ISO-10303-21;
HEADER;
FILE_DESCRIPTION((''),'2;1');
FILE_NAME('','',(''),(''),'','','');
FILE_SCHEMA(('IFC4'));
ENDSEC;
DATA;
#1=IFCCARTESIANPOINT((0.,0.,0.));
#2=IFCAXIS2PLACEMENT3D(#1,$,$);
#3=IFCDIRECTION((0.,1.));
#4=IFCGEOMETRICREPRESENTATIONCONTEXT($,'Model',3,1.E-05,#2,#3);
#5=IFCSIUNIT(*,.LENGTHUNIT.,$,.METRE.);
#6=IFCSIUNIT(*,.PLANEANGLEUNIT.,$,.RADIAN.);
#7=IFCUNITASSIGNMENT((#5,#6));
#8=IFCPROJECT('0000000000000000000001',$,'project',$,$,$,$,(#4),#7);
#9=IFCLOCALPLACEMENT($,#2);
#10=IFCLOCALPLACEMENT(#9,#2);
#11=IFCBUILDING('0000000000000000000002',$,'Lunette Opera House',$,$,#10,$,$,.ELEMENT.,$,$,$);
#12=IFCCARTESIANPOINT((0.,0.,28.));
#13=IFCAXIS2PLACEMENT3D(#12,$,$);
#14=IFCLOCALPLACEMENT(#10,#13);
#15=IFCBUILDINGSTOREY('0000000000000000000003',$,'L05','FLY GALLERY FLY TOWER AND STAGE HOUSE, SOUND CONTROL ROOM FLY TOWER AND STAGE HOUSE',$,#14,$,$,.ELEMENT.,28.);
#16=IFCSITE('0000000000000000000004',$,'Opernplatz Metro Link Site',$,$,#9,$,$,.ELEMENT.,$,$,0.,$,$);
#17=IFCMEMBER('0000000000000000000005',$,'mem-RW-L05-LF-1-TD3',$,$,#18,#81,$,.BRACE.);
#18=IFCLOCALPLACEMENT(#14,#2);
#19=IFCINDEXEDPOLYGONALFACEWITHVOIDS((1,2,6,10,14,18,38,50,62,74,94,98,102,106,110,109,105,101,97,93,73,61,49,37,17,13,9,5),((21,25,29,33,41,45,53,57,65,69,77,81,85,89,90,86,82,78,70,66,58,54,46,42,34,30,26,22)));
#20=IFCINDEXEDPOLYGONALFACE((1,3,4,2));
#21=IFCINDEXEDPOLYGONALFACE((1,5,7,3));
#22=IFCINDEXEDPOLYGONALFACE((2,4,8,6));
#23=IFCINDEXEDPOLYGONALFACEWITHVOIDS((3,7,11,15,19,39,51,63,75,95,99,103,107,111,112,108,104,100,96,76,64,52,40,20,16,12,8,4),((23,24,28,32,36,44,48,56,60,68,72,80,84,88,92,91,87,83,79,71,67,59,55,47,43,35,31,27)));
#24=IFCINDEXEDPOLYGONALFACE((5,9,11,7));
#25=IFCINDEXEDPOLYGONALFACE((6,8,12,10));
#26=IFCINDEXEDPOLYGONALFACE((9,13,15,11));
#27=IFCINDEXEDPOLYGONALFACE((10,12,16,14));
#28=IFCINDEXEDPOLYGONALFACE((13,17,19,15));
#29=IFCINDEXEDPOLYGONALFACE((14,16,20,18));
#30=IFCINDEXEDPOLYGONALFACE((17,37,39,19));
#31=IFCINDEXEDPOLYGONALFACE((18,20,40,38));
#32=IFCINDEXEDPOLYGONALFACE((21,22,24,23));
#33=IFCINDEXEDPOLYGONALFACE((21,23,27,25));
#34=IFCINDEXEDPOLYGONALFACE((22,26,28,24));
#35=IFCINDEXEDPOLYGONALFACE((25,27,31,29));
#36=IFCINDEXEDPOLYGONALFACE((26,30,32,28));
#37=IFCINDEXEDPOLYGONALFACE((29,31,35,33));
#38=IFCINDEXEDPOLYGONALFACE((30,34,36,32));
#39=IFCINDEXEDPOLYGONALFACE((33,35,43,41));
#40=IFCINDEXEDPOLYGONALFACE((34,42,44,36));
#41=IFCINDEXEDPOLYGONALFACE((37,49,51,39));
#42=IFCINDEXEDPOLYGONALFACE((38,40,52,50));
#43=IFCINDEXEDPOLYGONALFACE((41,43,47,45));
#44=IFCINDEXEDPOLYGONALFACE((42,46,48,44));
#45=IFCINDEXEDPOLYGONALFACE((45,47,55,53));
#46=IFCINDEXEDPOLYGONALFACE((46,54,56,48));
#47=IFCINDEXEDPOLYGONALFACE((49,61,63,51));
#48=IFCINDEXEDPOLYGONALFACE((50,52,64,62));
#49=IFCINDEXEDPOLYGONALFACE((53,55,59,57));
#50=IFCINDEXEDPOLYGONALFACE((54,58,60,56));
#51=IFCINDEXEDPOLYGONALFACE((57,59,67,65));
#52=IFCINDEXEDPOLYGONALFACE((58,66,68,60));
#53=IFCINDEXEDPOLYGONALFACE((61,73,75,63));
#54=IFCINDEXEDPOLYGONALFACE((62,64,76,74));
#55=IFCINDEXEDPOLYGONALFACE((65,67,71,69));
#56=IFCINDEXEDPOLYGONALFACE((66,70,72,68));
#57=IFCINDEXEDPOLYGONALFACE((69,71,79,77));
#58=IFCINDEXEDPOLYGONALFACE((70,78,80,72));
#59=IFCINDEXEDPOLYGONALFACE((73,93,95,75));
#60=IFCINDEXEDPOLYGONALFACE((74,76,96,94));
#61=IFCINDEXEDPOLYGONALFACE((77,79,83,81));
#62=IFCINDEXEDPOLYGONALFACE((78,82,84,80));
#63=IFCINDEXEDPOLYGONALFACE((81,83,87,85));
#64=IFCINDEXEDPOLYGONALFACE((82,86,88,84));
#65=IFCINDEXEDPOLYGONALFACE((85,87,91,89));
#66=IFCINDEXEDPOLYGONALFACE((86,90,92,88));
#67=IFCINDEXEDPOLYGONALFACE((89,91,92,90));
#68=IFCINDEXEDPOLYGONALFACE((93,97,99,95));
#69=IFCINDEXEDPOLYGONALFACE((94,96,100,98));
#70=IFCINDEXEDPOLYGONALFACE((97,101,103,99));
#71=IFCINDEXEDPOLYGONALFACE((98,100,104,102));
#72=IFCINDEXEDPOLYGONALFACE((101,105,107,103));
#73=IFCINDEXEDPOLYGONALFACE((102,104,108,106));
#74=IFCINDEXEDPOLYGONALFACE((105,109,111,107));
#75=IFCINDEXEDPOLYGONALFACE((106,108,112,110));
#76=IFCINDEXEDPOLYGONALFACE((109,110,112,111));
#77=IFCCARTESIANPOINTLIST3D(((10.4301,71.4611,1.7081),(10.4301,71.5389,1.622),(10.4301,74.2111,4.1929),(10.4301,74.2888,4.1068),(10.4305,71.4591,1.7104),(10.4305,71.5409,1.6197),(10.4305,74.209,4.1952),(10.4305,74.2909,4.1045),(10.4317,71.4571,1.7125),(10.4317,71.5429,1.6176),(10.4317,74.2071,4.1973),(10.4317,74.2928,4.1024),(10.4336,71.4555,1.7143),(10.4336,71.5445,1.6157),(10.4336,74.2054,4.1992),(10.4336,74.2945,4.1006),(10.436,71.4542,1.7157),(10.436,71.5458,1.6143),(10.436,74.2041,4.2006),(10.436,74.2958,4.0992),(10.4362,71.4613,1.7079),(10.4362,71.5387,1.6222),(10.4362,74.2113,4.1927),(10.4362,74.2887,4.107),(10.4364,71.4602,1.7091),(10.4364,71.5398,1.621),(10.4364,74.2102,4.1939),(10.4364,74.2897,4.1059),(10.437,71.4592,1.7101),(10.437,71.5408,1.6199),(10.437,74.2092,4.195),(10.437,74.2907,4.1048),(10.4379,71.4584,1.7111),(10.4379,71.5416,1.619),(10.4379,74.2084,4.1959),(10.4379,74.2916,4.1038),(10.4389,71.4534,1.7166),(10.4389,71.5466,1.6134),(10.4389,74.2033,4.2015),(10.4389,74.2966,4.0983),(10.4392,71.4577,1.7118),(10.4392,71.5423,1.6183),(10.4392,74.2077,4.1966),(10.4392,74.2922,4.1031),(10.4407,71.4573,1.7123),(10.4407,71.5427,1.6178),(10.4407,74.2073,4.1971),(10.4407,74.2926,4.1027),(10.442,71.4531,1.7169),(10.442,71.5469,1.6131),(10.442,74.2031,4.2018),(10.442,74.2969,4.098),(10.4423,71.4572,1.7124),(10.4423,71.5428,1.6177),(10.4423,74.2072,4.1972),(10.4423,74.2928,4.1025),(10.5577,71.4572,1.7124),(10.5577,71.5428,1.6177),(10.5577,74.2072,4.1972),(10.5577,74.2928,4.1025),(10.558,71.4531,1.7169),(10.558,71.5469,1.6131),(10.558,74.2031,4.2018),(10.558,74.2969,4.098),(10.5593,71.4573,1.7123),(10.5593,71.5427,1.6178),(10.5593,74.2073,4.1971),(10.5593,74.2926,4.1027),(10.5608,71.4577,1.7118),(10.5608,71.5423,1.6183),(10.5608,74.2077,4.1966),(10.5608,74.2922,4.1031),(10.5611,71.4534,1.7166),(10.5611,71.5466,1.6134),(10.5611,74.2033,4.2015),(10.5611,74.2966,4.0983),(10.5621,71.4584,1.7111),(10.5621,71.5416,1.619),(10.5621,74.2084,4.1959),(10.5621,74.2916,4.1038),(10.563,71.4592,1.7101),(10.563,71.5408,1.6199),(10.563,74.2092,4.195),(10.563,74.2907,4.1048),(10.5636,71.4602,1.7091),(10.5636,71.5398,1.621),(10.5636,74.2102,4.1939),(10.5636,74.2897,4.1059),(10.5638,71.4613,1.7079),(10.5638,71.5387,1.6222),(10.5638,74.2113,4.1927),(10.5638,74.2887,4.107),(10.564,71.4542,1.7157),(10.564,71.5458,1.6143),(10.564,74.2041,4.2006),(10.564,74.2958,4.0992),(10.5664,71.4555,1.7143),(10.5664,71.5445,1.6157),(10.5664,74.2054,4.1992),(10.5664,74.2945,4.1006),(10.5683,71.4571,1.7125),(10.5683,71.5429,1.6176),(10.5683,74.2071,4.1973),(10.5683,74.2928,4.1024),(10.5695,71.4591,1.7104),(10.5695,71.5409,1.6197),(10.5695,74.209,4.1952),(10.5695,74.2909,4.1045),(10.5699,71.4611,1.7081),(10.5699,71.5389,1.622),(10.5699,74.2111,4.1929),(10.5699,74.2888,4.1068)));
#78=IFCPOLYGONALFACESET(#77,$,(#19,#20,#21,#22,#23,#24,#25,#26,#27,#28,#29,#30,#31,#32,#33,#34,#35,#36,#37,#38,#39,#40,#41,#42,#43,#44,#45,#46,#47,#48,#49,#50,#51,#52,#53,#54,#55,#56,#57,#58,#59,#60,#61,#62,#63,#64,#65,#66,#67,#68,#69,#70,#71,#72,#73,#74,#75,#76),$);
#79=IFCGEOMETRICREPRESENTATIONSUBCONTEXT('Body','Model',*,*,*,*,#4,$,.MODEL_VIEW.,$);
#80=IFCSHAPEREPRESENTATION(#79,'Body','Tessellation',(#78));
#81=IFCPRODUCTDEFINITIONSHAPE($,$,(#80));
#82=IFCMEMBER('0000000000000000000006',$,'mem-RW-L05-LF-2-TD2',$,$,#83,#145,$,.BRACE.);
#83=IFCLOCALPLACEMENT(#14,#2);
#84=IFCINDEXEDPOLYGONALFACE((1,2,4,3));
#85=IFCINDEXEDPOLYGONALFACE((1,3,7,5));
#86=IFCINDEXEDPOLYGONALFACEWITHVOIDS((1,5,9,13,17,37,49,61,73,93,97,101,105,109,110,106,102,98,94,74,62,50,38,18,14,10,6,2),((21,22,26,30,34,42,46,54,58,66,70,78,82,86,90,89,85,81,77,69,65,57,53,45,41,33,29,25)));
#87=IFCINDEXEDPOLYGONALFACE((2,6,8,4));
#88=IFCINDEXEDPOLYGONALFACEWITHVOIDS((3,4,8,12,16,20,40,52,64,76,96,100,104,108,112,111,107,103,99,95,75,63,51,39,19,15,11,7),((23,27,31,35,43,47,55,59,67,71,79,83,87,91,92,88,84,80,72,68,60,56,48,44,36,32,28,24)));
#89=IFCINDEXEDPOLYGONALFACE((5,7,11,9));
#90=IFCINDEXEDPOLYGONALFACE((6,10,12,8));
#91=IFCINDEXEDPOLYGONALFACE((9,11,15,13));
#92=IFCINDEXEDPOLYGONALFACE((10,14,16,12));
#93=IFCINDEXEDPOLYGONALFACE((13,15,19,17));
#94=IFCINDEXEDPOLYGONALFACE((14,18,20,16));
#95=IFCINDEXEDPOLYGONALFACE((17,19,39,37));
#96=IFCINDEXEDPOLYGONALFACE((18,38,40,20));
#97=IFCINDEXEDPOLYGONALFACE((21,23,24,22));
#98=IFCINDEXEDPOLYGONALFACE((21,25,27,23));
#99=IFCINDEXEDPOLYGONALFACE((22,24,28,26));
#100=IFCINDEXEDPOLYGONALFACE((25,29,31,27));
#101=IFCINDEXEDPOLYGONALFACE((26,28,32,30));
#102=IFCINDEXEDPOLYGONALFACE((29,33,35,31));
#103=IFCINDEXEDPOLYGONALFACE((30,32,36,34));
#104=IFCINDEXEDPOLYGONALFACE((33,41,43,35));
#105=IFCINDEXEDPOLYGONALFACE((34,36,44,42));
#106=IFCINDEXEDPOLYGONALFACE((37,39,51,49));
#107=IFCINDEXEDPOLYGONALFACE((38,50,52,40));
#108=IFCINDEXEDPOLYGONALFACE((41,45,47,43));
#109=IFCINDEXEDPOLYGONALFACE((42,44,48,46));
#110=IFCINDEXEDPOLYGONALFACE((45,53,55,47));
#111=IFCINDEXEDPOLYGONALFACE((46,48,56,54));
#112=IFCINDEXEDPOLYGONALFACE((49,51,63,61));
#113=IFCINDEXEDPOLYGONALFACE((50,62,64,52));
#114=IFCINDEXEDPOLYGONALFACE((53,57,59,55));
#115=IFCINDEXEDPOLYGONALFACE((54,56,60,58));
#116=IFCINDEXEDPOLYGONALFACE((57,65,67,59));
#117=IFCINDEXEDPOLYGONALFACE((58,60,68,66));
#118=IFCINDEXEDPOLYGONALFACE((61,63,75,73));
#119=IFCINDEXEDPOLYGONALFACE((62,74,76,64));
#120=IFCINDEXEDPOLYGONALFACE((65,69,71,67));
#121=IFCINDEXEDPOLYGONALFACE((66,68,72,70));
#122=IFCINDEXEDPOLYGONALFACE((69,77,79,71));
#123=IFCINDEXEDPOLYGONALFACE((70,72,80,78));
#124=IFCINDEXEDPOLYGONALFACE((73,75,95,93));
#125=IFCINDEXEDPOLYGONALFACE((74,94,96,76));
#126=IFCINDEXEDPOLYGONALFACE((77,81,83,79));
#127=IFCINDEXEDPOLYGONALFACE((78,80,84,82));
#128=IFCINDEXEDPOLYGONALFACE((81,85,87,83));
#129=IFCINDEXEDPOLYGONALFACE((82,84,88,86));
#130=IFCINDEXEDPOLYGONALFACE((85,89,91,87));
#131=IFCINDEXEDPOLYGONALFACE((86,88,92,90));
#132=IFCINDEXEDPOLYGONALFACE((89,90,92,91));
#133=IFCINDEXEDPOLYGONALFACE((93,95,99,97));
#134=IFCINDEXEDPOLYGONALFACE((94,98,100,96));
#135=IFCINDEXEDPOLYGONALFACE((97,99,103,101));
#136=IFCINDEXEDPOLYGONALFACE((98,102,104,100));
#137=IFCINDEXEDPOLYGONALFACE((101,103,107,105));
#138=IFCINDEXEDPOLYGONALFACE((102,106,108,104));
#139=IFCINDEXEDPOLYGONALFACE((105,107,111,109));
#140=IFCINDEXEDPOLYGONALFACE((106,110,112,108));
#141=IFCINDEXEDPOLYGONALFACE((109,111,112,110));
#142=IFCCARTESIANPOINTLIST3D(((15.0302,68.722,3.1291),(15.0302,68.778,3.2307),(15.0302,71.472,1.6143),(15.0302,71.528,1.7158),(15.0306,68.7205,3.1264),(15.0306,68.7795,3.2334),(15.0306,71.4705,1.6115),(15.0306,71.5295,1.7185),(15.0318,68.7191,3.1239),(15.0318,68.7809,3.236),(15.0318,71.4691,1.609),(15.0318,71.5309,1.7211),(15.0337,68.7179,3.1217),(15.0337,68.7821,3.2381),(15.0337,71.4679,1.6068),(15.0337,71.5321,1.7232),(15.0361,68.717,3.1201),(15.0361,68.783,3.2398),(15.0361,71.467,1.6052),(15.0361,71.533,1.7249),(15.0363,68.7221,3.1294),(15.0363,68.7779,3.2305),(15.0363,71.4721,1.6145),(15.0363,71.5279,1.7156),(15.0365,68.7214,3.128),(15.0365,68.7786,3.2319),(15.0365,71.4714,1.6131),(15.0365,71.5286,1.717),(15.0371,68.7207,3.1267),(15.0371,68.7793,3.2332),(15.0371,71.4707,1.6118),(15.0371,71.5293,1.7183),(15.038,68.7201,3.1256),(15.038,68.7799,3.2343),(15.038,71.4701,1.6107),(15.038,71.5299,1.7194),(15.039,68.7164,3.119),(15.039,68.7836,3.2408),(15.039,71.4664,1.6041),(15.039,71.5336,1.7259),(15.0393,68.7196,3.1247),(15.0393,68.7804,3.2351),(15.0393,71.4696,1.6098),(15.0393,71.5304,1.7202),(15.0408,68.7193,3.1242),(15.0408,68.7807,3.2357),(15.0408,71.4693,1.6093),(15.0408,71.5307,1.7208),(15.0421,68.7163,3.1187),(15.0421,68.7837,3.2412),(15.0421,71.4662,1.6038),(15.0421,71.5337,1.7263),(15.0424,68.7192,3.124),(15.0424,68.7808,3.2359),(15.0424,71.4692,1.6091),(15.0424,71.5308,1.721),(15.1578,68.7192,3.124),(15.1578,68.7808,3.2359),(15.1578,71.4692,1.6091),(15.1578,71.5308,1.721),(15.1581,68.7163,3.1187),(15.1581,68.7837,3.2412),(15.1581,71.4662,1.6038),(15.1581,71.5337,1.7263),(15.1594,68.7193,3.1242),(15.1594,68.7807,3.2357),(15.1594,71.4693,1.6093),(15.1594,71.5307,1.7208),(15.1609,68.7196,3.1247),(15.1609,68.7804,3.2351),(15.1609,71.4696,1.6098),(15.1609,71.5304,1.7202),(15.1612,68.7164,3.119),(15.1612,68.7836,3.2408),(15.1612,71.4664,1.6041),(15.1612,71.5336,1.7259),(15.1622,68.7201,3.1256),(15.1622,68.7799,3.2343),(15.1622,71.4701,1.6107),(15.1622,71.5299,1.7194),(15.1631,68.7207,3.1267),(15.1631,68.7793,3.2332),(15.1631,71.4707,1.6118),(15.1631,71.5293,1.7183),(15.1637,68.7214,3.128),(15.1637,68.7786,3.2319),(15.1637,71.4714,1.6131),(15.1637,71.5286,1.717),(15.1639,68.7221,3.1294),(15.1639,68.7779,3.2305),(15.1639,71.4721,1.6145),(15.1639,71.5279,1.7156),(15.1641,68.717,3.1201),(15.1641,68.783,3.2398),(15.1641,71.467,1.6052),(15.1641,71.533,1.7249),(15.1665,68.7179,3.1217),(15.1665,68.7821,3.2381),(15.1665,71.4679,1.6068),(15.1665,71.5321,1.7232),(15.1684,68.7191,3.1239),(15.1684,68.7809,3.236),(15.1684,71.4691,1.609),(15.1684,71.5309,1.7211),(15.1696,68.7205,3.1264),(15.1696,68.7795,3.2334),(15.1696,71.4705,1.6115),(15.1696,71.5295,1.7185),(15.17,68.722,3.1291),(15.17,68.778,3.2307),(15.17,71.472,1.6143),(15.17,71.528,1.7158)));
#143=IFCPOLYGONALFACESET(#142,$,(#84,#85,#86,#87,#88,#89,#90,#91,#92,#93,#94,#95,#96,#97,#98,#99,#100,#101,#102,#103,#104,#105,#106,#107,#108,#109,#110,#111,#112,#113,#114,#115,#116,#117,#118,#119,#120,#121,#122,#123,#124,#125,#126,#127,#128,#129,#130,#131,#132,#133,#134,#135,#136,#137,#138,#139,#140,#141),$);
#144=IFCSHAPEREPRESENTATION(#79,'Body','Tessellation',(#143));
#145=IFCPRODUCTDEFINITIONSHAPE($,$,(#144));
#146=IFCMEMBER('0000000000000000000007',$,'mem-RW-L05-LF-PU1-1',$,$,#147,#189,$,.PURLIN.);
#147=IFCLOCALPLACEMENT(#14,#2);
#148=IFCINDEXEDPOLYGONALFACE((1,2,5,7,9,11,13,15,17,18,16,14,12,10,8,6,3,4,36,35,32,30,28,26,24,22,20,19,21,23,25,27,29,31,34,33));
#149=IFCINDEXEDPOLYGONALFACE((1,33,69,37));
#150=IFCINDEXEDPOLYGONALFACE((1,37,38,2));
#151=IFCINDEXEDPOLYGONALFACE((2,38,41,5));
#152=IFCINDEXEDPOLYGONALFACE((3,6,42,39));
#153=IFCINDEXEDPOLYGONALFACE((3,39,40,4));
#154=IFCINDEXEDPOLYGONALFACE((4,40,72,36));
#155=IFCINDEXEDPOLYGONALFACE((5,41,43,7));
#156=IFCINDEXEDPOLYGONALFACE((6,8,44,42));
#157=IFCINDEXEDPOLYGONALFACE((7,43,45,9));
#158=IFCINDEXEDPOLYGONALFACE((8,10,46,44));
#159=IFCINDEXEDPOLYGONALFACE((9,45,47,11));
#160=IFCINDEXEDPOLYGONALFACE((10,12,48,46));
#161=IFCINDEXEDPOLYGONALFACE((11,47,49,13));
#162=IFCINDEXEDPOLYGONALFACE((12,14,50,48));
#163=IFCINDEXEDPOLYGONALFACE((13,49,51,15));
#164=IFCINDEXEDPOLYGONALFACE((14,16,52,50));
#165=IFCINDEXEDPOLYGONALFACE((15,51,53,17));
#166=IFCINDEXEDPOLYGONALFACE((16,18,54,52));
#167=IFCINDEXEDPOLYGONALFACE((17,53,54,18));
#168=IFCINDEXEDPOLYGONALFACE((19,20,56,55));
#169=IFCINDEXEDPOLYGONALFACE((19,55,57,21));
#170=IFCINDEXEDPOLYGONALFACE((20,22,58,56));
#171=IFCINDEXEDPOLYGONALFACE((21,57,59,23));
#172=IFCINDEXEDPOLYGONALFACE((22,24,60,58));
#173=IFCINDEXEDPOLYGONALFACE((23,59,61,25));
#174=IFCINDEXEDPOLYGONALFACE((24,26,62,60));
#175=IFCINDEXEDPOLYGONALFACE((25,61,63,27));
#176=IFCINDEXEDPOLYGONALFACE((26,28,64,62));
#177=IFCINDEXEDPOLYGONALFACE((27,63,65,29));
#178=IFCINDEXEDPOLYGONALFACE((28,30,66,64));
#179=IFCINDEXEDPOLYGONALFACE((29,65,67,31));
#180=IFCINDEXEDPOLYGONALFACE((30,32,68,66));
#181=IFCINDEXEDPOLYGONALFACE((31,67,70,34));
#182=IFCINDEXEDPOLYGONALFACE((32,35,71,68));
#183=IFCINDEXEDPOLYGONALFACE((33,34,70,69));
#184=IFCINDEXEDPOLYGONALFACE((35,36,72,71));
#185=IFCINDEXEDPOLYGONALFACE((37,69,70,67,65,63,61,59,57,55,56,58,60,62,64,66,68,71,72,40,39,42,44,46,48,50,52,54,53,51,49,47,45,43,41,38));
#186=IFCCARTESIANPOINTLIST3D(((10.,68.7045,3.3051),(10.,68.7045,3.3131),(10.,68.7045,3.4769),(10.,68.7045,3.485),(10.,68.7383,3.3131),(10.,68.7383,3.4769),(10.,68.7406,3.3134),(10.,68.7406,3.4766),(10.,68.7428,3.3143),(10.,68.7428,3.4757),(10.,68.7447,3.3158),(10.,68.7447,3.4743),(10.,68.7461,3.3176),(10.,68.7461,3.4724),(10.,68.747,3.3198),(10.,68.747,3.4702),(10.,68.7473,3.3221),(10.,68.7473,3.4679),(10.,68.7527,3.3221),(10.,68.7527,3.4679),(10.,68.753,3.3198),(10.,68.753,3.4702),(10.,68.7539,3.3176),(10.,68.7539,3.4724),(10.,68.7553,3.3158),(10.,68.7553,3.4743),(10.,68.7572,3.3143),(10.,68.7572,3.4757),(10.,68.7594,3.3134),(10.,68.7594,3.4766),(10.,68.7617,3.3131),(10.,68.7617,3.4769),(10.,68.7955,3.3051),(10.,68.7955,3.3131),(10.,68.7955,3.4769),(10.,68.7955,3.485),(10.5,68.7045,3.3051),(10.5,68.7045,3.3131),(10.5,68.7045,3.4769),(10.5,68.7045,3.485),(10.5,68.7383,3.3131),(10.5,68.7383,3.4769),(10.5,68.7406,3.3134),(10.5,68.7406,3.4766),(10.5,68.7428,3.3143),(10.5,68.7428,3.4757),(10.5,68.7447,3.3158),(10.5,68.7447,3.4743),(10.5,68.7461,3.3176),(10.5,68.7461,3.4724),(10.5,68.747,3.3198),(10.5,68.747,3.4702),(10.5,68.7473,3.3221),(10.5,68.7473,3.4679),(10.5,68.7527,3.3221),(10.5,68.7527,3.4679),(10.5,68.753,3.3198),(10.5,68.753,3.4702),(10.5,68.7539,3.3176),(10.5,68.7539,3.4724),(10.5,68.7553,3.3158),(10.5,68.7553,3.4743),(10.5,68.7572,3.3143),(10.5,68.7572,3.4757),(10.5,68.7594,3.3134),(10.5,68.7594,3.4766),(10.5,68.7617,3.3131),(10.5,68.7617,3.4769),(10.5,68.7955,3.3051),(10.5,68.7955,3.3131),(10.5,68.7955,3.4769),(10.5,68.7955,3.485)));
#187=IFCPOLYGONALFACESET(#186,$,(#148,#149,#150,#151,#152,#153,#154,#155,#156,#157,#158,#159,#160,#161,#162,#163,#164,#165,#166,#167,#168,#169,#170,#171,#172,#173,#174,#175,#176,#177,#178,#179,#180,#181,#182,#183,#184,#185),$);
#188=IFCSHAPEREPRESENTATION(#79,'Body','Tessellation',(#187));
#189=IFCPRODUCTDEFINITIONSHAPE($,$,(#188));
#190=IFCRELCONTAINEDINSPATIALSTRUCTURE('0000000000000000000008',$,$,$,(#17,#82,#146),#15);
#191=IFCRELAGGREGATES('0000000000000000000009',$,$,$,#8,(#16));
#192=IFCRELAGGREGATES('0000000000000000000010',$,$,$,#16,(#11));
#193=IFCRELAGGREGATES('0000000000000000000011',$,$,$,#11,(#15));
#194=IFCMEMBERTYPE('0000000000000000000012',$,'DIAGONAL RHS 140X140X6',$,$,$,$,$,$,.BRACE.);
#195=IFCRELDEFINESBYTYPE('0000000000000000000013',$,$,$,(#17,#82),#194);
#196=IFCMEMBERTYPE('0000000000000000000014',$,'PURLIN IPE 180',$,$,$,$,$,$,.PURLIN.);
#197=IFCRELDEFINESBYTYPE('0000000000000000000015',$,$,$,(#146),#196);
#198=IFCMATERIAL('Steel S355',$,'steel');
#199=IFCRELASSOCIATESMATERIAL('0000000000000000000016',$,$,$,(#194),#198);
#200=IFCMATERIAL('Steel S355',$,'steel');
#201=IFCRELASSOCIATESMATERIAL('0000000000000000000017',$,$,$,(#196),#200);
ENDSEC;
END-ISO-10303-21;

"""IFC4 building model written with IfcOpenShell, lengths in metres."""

from ifc_helpers import new_model, si_unit, direction, frame, origin, origin_2d, place, context, subcontext, project, spatial, hollow_rectangle, i_section, extrude, material, material_profile, profile_set, type_object, element, save


model = new_model("IFC4")

# Units and contexts
model_context = context("Model", 3, precision=1e-05, world=origin(), true_north=direction((0.0, 1.0)))
body_context = subcontext(model_context, "Body", "Model", "MODEL_VIEW")
ifc_project = project(units=[si_unit("LENGTHUNIT", "METRE"), si_unit("PLANEANGLEUNIT", "RADIAN")], contexts=[model_context])

# Site, building, storey
site_placement = place(None, origin())
site = spatial("IfcSite", under=ifc_project, at=site_placement, Name="Opernplatz Metro Link Site", CompositionType="ELEMENT", RefElevation=0.0)
building_placement = place(site_placement, origin())
building = spatial("IfcBuilding", under=site, at=building_placement, Name="Lunette Opera House", CompositionType="ELEMENT")
storey_placement = place(building_placement, frame((0.0, 0.0, 28.0)))
storey = spatial("IfcBuildingStorey", under=building, at=storey_placement, Name="L05", Description="FLY GALLERY FLY TOWER AND STAGE HOUSE, SOUND CONTROL ROOM FLY TOWER AND STAGE HOUSE", CompositionType="ELEMENT", Elevation=28.0)

# Members
ifc_material_1 = material(Name="Steel S355", Category="steel")
ifc_material_profile_1 = material_profile(ifc_material_1, hollow_rectangle(XDim=0.1399, YDim=0.1399, WallThickness=0.0061, InnerFilletRadius=0.0061, OuterFilletRadius=0.012, at=origin_2d()), Name="RHS 140X140X6")
ifc_profile_set_1 = profile_set([ifc_material_profile_1], Name="Steel S355")
member_type_1 = type_object("IfcMemberType", Name="DIAGONAL RHS 140X140X6", PredefinedType="BRACE", material=ifc_profile_set_1)
member_1_placement = place(storey_placement, frame((10.5, 71.5, 1.665), z_axis=(0.0, 0.741969, 0.670434), x_axis=(-1.0, 0.0, 0.0)))
element("IfcMember", 1, at=member_1_placement, inside=storey, type_object=member_type_1, Name="mem-RW-L05-LF-1-TD3", PredefinedType="BRACE", context=body_context, shape_type="SweptSolid", body=[
    extrude(hollow_rectangle(XDim=0.1399, YDim=0.1399, WallThickness=0.0061, InnerFilletRadius=0.0061, OuterFilletRadius=0.012, at=origin_2d()), origin(), (0.0, 0.0, 1.0), 3.7063),
])
member_2_placement = place(storey_placement, frame((15.1001, 68.75, 3.1799), z_axis=(0.0, 0.875894, -0.482504), x_axis=(-1.0, 0.0, 0.0)))
element("IfcMember", 2, at=member_2_placement, inside=storey, type_object=member_type_1, Name="mem-RW-L05-LF-2-TD2", PredefinedType="BRACE", context=body_context, shape_type="SweptSolid", body=[
    extrude(hollow_rectangle(XDim=0.1399, YDim=0.1399, WallThickness=0.0061, InnerFilletRadius=0.0061, OuterFilletRadius=0.012, at=origin_2d()), origin(), (0.0, 0.0, 1.0), 3.1396),
])
ifc_material_2 = material(Name="Steel S355", Category="steel")
ifc_material_profile_2 = material_profile(ifc_material_2, i_section(OverallWidth=0.0911, OverallDepth=0.1799, WebThickness=0.0054, FlangeThickness=0.0081, FilletRadius=0.009, at=origin_2d()), Name="IPE 180")
ifc_profile_set_2 = profile_set([ifc_material_profile_2], Name="Steel S355")
member_type_2 = type_object("IfcMemberType", Name="PURLIN IPE 180", PredefinedType="PURLIN", material=ifc_profile_set_2)
member_3_placement = place(storey_placement, frame((10.0, 68.75, 3.395), z_axis=(1.0, 0.0, 0.0), x_axis=(0.0, 1.0, 0.0)))
element("IfcMember", 3, at=member_3_placement, inside=storey, type_object=member_type_2, Name="mem-RW-L05-LF-PU1-1", PredefinedType="PURLIN", context=body_context, shape_type="SweptSolid", body=[
    extrude(i_section(OverallWidth=0.0911, OverallDepth=0.1799, WebThickness=0.0054, FlangeThickness=0.0081, FilletRadius=0.009, at=origin_2d()), origin(), (0.0, 0.0, 1.0), 0.5),
])

save(model, "model.ifc")
